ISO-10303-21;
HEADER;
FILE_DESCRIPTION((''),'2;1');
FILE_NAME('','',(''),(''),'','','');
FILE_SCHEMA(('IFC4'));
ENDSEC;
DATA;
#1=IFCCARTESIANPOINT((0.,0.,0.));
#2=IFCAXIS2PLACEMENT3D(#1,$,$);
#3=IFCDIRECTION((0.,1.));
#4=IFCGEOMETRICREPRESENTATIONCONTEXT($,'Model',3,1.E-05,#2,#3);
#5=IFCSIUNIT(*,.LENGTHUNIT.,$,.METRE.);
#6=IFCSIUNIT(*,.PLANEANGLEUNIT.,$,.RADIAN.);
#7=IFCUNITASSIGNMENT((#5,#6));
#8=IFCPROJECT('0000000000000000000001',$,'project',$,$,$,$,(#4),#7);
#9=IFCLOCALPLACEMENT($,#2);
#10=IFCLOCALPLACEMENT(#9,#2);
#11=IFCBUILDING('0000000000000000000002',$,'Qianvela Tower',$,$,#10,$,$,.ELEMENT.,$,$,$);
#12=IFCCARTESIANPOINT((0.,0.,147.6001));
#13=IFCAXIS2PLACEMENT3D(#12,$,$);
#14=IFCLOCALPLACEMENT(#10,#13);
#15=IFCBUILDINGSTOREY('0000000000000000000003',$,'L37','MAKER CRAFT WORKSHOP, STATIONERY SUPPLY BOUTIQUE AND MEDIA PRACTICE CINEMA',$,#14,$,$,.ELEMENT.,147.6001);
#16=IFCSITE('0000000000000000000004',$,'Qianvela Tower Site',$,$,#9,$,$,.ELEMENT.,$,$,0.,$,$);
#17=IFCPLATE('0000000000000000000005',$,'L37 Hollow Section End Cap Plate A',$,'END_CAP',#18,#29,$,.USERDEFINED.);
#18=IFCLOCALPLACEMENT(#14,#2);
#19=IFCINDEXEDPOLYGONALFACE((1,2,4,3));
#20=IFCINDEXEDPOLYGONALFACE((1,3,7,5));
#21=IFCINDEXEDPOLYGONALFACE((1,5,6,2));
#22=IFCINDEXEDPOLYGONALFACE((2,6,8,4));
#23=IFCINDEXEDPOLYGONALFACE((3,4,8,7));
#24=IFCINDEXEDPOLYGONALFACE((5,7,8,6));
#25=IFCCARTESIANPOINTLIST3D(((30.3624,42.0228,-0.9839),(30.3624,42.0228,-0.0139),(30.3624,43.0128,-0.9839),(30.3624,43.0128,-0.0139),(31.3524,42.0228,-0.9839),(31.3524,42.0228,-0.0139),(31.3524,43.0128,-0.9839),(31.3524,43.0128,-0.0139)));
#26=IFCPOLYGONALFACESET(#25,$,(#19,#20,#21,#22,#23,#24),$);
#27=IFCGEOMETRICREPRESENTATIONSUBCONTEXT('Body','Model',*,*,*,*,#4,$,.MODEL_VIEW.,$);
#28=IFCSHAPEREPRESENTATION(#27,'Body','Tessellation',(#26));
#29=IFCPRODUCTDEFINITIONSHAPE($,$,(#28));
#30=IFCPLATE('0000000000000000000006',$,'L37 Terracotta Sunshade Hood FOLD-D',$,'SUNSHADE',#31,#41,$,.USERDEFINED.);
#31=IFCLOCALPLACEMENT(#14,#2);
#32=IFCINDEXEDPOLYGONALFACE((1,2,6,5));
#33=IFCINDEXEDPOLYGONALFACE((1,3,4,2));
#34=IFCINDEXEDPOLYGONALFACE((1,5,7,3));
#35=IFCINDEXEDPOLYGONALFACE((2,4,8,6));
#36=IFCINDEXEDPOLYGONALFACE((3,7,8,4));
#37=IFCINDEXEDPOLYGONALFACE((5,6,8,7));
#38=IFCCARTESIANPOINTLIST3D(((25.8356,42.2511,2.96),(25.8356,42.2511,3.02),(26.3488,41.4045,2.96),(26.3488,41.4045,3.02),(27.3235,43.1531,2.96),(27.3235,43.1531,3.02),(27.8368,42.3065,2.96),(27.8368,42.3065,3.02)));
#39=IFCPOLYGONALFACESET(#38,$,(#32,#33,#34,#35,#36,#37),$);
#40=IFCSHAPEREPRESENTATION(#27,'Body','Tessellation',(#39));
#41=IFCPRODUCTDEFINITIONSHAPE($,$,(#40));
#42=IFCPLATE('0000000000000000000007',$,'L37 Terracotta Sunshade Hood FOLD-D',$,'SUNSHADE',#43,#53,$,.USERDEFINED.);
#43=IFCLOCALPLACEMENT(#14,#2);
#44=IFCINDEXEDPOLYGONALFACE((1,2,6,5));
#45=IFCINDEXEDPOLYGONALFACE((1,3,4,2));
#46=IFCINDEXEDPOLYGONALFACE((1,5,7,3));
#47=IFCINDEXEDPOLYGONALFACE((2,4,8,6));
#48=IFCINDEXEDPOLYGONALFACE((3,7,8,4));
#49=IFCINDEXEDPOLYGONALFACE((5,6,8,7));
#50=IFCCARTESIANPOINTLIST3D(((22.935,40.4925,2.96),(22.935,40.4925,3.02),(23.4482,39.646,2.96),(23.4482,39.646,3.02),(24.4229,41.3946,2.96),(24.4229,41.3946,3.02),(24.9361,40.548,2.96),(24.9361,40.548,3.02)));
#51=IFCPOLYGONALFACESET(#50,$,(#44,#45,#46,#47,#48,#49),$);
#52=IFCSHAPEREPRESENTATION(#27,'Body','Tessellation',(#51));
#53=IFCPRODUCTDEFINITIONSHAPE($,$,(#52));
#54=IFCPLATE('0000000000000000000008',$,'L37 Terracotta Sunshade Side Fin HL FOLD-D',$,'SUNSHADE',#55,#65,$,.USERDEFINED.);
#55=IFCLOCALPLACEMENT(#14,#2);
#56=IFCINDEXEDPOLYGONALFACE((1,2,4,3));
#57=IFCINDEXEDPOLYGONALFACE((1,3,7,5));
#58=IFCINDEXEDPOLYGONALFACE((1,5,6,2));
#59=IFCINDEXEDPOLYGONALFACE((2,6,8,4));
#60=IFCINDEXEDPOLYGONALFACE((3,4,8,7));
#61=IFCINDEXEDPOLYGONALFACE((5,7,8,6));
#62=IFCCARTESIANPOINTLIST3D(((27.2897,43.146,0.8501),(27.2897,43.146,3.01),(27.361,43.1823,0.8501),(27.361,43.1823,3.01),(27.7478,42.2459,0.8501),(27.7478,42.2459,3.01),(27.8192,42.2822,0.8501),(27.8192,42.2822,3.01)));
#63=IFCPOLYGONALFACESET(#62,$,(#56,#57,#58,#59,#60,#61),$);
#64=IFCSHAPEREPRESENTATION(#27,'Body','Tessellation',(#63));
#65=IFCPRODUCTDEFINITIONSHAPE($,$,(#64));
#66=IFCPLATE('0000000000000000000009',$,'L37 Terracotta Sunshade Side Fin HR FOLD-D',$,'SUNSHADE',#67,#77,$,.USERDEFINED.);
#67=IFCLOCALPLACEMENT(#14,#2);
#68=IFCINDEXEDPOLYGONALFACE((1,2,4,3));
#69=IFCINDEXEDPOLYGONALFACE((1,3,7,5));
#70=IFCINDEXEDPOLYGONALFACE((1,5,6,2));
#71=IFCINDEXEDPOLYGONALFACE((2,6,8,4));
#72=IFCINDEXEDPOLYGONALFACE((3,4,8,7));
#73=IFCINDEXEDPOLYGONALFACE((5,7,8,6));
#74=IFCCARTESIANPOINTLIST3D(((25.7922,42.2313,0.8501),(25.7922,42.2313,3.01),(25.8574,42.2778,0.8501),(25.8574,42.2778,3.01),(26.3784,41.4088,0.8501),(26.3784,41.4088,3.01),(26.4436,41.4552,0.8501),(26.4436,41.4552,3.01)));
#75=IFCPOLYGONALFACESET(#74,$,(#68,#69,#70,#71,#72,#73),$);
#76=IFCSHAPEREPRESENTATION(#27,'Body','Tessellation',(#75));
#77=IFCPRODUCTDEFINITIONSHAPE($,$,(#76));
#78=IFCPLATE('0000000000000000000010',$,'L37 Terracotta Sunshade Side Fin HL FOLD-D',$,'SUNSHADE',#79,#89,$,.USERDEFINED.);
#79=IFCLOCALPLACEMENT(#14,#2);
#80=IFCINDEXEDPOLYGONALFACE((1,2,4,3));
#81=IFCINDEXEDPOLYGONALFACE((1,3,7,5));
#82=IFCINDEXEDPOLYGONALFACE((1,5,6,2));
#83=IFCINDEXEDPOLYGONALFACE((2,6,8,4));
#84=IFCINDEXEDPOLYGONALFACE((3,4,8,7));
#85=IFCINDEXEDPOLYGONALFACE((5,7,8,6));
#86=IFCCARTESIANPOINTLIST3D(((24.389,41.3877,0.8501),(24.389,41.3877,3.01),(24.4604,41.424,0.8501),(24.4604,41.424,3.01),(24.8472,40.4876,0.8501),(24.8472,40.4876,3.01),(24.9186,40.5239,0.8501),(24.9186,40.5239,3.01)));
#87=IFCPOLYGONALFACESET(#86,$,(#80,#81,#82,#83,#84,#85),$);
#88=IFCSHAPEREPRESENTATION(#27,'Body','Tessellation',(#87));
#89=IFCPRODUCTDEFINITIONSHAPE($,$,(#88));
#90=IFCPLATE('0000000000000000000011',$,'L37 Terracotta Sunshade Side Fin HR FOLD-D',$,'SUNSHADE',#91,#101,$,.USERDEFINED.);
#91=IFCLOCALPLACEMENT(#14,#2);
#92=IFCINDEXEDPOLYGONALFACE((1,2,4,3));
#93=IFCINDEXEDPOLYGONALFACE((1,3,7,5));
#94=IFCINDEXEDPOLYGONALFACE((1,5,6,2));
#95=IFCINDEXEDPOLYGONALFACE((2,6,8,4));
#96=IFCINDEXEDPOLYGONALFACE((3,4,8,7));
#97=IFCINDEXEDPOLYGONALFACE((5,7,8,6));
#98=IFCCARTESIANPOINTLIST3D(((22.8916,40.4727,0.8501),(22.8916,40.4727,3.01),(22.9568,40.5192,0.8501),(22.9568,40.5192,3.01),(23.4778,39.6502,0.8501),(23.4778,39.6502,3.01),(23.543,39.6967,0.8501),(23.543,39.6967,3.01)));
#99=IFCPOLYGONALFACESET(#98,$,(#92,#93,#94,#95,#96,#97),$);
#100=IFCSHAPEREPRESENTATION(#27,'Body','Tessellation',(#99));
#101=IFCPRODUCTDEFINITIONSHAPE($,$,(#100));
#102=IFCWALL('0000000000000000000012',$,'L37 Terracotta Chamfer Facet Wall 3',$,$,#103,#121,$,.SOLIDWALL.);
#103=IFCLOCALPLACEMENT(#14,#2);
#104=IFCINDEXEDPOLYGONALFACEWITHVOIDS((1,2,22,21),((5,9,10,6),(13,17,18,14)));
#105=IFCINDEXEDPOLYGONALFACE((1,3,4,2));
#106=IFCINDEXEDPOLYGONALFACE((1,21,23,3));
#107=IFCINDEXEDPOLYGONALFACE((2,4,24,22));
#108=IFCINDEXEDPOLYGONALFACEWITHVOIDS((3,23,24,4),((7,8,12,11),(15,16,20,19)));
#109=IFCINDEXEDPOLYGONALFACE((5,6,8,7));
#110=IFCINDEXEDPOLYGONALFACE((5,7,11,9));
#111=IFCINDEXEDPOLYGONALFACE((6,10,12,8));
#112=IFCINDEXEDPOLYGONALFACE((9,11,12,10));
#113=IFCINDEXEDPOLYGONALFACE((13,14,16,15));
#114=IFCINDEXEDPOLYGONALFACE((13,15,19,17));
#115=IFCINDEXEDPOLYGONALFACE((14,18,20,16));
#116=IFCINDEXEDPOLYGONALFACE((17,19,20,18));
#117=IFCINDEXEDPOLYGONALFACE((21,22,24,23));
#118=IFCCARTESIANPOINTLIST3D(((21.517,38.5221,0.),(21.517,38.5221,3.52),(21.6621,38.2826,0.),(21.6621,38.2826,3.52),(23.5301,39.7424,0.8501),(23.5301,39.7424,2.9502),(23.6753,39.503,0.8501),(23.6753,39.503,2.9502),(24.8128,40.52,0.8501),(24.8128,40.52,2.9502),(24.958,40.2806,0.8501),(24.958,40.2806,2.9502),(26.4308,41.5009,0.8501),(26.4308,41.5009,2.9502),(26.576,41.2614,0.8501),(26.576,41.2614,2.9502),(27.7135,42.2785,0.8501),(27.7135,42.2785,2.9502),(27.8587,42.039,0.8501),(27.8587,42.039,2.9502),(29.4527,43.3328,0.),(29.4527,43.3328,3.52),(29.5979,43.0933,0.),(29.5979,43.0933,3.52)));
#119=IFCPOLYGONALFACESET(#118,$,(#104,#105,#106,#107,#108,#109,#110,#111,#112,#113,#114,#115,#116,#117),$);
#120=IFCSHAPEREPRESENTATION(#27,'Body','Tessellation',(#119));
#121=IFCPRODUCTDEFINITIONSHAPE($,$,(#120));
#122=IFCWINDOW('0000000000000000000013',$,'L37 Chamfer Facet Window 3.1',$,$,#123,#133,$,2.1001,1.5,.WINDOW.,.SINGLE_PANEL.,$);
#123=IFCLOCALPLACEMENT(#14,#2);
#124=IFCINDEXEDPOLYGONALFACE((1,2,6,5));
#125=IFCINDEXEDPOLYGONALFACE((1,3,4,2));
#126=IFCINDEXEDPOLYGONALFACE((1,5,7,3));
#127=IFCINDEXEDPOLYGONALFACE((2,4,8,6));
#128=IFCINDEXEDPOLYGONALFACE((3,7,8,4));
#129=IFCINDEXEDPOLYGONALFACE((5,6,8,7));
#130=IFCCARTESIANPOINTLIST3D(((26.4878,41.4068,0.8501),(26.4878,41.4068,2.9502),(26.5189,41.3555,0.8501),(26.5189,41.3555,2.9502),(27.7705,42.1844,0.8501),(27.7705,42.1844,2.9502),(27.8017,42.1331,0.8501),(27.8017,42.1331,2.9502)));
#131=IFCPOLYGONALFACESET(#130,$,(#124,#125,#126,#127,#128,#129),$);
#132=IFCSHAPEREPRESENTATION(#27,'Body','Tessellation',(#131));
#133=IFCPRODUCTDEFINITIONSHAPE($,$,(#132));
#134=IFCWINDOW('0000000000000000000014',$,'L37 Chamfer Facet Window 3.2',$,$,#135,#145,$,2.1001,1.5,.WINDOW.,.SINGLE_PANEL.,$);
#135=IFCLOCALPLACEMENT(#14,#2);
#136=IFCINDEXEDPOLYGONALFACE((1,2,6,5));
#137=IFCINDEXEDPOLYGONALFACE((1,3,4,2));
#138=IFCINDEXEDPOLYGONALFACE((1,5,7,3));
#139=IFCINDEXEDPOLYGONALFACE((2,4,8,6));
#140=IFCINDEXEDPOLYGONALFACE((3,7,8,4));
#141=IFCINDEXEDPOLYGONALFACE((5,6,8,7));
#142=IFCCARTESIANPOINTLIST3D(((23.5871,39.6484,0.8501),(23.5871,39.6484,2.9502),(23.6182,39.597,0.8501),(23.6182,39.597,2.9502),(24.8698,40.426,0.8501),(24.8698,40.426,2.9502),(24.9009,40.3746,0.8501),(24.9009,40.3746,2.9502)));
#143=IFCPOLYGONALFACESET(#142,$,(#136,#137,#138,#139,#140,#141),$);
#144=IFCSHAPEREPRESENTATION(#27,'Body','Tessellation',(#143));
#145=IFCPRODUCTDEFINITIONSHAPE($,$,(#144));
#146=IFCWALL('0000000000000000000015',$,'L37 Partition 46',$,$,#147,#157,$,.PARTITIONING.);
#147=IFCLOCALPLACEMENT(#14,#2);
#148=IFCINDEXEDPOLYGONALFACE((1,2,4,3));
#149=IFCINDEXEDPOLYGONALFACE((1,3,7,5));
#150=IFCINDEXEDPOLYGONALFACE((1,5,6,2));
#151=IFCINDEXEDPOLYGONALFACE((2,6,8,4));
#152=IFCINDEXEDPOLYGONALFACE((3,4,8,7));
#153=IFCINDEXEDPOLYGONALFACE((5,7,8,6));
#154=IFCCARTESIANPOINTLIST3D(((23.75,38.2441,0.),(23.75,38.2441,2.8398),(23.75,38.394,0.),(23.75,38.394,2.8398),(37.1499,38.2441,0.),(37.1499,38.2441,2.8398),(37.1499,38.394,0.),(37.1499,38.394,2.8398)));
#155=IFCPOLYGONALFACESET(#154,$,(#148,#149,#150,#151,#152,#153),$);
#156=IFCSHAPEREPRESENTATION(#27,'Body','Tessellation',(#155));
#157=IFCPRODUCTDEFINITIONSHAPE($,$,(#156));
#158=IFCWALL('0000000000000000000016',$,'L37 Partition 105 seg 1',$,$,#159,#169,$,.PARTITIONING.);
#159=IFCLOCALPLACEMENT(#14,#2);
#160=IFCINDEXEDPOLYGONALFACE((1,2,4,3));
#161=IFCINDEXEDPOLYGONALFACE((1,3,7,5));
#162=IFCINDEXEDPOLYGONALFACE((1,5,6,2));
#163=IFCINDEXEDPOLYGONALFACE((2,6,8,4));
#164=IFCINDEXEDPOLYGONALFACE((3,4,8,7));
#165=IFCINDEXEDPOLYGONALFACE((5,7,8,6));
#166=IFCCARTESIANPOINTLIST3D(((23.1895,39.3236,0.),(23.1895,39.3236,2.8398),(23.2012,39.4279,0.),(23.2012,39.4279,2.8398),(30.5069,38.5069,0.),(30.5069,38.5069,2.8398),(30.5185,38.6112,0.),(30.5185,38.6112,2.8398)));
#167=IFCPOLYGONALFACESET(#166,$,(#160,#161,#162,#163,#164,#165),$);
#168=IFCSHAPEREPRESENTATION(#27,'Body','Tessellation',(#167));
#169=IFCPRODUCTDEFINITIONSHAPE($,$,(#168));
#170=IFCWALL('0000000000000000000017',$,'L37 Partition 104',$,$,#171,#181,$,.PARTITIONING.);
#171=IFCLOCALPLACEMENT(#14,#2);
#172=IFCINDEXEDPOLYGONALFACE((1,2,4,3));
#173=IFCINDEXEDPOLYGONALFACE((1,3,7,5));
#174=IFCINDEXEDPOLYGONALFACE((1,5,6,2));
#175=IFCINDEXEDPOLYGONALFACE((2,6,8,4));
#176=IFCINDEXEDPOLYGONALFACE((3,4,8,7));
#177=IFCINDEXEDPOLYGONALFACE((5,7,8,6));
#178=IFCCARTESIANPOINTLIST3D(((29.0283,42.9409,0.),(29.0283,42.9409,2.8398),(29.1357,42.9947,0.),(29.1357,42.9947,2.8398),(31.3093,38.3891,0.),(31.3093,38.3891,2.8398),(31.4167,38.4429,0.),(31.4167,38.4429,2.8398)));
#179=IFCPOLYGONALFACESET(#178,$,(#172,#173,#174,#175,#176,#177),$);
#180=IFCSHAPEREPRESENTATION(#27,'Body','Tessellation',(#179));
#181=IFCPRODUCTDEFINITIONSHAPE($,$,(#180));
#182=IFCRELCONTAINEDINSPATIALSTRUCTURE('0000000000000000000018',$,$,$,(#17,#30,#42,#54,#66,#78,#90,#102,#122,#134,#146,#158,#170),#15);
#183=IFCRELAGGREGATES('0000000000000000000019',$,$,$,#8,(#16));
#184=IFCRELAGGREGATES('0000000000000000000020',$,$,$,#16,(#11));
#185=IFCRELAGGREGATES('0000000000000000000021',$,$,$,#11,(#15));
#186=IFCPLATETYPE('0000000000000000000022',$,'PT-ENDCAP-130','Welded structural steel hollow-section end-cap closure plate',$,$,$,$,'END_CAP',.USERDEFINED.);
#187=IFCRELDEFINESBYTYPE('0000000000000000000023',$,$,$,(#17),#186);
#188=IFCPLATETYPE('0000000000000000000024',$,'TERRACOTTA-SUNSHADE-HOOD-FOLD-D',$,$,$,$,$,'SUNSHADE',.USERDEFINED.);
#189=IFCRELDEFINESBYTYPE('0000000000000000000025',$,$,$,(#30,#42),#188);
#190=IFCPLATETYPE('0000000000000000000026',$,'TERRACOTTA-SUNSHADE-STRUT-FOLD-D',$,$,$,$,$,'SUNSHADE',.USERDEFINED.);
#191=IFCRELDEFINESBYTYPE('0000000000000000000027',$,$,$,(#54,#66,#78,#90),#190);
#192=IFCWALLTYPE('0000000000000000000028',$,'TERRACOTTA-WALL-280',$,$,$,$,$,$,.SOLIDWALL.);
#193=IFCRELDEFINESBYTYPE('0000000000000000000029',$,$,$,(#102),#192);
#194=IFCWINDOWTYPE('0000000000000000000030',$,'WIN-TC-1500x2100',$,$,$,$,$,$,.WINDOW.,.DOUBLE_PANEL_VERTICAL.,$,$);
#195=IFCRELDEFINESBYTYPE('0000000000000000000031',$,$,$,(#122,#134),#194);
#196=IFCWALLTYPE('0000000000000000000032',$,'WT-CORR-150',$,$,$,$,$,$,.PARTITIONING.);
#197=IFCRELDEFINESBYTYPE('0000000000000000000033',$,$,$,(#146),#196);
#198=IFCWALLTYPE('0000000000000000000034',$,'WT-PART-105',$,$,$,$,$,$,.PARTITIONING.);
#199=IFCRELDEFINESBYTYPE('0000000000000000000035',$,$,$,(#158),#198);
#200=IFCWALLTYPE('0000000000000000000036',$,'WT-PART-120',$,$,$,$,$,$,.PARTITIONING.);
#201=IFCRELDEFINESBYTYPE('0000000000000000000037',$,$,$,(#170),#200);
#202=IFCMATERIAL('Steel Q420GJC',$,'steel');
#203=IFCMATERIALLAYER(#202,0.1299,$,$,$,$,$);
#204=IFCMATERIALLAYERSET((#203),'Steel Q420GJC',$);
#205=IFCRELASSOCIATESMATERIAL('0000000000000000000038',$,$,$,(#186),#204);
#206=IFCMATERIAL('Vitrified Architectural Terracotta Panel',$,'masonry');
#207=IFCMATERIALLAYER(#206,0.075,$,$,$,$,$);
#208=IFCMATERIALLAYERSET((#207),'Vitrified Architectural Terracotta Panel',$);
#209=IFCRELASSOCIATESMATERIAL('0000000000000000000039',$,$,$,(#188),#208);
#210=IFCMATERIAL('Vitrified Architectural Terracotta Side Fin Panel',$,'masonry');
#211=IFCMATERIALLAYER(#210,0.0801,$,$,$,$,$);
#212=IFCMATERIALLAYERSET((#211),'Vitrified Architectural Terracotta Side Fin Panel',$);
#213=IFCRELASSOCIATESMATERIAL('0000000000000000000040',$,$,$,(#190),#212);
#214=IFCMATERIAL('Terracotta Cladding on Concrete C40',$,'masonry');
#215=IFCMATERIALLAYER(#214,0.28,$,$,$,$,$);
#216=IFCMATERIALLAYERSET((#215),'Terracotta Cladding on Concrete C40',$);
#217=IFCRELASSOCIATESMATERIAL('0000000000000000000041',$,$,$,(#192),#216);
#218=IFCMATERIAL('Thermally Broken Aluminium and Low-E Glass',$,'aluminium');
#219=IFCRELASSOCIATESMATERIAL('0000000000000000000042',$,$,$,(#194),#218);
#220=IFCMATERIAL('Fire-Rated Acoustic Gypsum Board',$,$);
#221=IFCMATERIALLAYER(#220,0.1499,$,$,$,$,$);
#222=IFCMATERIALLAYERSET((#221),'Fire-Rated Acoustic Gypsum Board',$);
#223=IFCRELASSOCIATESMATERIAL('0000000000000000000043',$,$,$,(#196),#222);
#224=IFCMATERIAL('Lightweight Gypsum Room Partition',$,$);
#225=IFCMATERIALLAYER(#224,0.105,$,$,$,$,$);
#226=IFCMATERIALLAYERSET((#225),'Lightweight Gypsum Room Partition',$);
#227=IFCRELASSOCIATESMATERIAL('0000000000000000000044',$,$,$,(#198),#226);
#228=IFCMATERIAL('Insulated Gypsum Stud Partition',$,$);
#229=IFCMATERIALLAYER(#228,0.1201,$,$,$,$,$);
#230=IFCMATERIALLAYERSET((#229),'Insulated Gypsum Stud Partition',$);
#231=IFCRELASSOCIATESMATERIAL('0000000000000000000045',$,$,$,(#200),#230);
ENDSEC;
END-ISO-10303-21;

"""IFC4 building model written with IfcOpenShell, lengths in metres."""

from ifc_helpers import new_model, si_unit, direction, frame, frame_2d, origin, origin_2d, place, context, subcontext, project, spatial, rectangle, extrude, material, layer, layer_set, type_object, element, fill, save


model = new_model("IFC4")

# Units and contexts
model_context = context("Model", 3, precision=1e-05, world=origin(), true_north=direction((0.0, 1.0)))
body_context = subcontext(model_context, "Body", "Model", "MODEL_VIEW")
ifc_project = project(units=[si_unit("LENGTHUNIT", "METRE"), si_unit("PLANEANGLEUNIT", "RADIAN")], contexts=[model_context])

# Site, building, storey
site_placement = place(None, origin())
site = spatial("IfcSite", under=ifc_project, at=site_placement, Name="Qianvela Tower Site", CompositionType="ELEMENT", RefElevation=0.0)
building_placement = place(site_placement, origin())
building = spatial("IfcBuilding", under=site, at=building_placement, Name="Qianvela Tower", CompositionType="ELEMENT")
storey_placement = place(building_placement, frame((0.0, 0.0, 147.6001)))
storey = spatial("IfcBuildingStorey", under=building, at=storey_placement, Name="L37", Description="MAKER CRAFT WORKSHOP, STATIONERY SUPPLY BOUTIQUE AND MEDIA PRACTICE CINEMA", CompositionType="ELEMENT", Elevation=147.6001)

# Plates
ifc_material_1 = material(Name="Steel Q420GJC", Category="steel")
ifc_layer_1 = layer(ifc_material_1, 0.1299)
ifc_layer_set_1 = layer_set([ifc_layer_1], Name="Steel Q420GJC")
plate_type_1 = type_object("IfcPlateType", Name="PT-ENDCAP-130", Description="Welded structural steel hollow-section end-cap closure plate", ElementType="END_CAP", PredefinedType="USERDEFINED", material=ifc_layer_set_1)
plate_placement = place(storey_placement, frame((30.8574, 42.5178, -0.9839), z_axis=(0.0, 0.0, 1.0), x_axis=(1.0, 0.0, 0.0)))
element("IfcPlate", 1, at=plate_placement, inside=storey, type_object=plate_type_1, Name="L37 Hollow Section End Cap Plate A", ObjectType="END_CAP", PredefinedType="USERDEFINED", context=body_context, shape_type="SweptSolid", body=[
    extrude(rectangle(XDim=0.99, YDim=0.99, at=origin_2d()), origin(), (0.0, 0.0, 1.0), 0.97),
])
ifc_material_2 = material(Name="Vitrified Architectural Terracotta Panel", Category="masonry")
ifc_layer_2 = layer(ifc_material_2, 0.075)
ifc_layer_set_2 = layer_set([ifc_layer_2], Name="Vitrified Architectural Terracotta Panel")
plate_type_2 = type_object("IfcPlateType", Name="TERRACOTTA-SUNSHADE-HOOD-FOLD-D", ElementType="SUNSHADE", PredefinedType="USERDEFINED", material=ifc_layer_set_2)
for number, where, z_axis, x_axis, name in (
    (2, (26.8362, 42.2788, 2.96), (0.0, 0.0, 1.0), (-0.855129, -0.518415, 0.0), "L37 Terracotta Sunshade Hood FOLD-D"),
    (3, (23.9355, 40.5203, 2.96), (0.0, 0.0, 1.0), (-0.855129, -0.518415, 0.0), "L37 Terracotta Sunshade Hood FOLD-D"),
):
    element("IfcPlate", number, at=place(storey_placement, frame(where, z_axis=z_axis, x_axis=x_axis)), inside=storey, type_object=plate_type_2, Name=name, ObjectType="SUNSHADE", PredefinedType="USERDEFINED", context=body_context, shape_type="SweptSolid", body=[
        extrude(rectangle(XDim=1.74, YDim=0.99, at=origin_2d()), origin(), (0.0, 0.0, 1.0), 0.0601),
    ])
ifc_material_3 = material(Name="Vitrified Architectural Terracotta Side Fin Panel", Category="masonry")
ifc_layer_3 = layer(ifc_material_3, 0.0801)
ifc_layer_set_3 = layer_set([ifc_layer_3], Name="Vitrified Architectural Terracotta Side Fin Panel")
plate_type_3 = type_object("IfcPlateType", Name="TERRACOTTA-SUNSHADE-STRUT-FOLD-D", ElementType="SUNSHADE", PredefinedType="USERDEFINED", material=ifc_layer_set_3)
for number, where, z_axis, x_axis, name in (
    (4, (27.5544, 42.7141, 0.8501), (0.0, 0.0, 1.0), (-0.891197, -0.453617, 0.0), "L37 Terracotta Sunshade Side Fin HL FOLD-D"),
    (5, (26.1179, 41.8433, 0.8501), (0.0, 0.0, 1.0), (-0.814359, -0.580362, 0.0), "L37 Terracotta Sunshade Side Fin HR FOLD-D"),
    (6, (24.6538, 40.9558, 0.8501), (0.0, 0.0, 1.0), (-0.891197, -0.453617, 0.0), "L37 Terracotta Sunshade Side Fin HL FOLD-D"),
    (7, (23.2173, 40.0847, 0.8501), (0.0, 0.0, 1.0), (-0.814359, -0.580362, 0.0), "L37 Terracotta Sunshade Side Fin HR FOLD-D"),
):
    element("IfcPlate", number, at=place(storey_placement, frame(where, z_axis=z_axis, x_axis=x_axis)), inside=storey, type_object=plate_type_3, Name=name, ObjectType="SUNSHADE", PredefinedType="USERDEFINED", context=body_context, shape_type="SweptSolid", body=[
        extrude(rectangle(XDim=0.0801, YDim=1.01, at=origin_2d()), origin(), (0.0, 0.0, 1.0), 2.1599),
    ])

# Wall, openings, windows
ifc_material_4 = material(Name="Terracotta Cladding on Concrete C40", Category="masonry")
ifc_layer_4 = layer(ifc_material_4, 0.28)
ifc_layer_set_4 = layer_set([ifc_layer_4], Name="Terracotta Cladding on Concrete C40")
wall_type_1 = type_object("IfcWallType", Name="TERRACOTTA-WALL-280", PredefinedType="SOLIDWALL", material=ifc_layer_set_4)
wall_1_placement = place(storey_placement, frame((29.5254, 43.2131, 0.0), z_axis=(0.0, 0.0, 1.0), x_axis=(-0.85514, -0.518398, 0.0)))
wall_1 = element("IfcWall", 8, at=wall_1_placement, inside=storey, type_object=wall_type_1, Name="L37 Terracotta Chamfer Facet Wall 3", PredefinedType="SOLIDWALL", context=body_context, shape_type="SweptSolid", body=[
    extrude(rectangle(XDim=9.28, YDim=0.28, at=frame_2d((4.6401, 0.0))), origin(), (0.0, 0.0, 1.0), 3.52),
])
opening_1_placement = place(wall_1_placement, frame((2.0339, 0.0, 0.8501)))
opening_1 = element("IfcOpeningElement", 9, at=opening_1_placement, cuts=wall_1, PredefinedType="OPENING", context=body_context, shape_type="SweptSolid", body=[
    extrude(rectangle(XDim=1.5, YDim=2.1001, at=frame_2d((0.75, 1.05))), frame((0.0, 0.1499, 0.0), z_axis=(0.0, -1.0, 0.0), x_axis=(1.0, 0.0, 0.0)), (0.0, 0.0, 1.0), 0.3),
])
opening_2_placement = place(wall_1_placement, frame((5.426, 0.0, 0.8501)))
opening_2 = element("IfcOpeningElement", 10, at=opening_2_placement, cuts=wall_1, PredefinedType="OPENING", context=body_context, shape_type="SweptSolid", body=[
    extrude(rectangle(XDim=1.5, YDim=2.1001, at=frame_2d((0.75, 1.05))), frame((0.0, 0.1499, 0.0), z_axis=(0.0, -1.0, 0.0), x_axis=(1.0, 0.0, 0.0)), (0.0, 0.0, 1.0), 0.3),
])
ifc_material_5 = material(Name="Thermally Broken Aluminium and Low-E Glass", Category="aluminium")
window_type = type_object("IfcWindowType", Name="WIN-TC-1500x2100", PartitioningType="DOUBLE_PANEL_VERTICAL", PredefinedType="WINDOW", material=ifc_material_5)
window_1_placement = place(opening_1_placement, origin())
window_1 = element("IfcWindow", 11, at=window_1_placement, inside=storey, type_object=window_type, Name="L37 Chamfer Facet Window 3.1", OverallHeight=2.1001, OverallWidth=1.5, PartitioningType="SINGLE_PANEL", PredefinedType="WINDOW", context=body_context, shape_type="SweptSolid", body=[
    extrude(rectangle(XDim=1.5, YDim=2.1001, at=frame_2d((0.75, 1.05))), frame((0.0, 0.03, 0.0), z_axis=(0.0, -1.0, 0.0), x_axis=(1.0, 0.0, 0.0)), (0.0, 0.0, 1.0), 0.0601),
])
fill(opening_1, window_1)
window_2_placement = place(opening_2_placement, origin())
window_2 = element("IfcWindow", 12, at=window_2_placement, inside=storey, type_object=window_type, Name="L37 Chamfer Facet Window 3.2", OverallHeight=2.1001, OverallWidth=1.5, PartitioningType="SINGLE_PANEL", PredefinedType="WINDOW", context=body_context, shape_type="SweptSolid", body=[
    extrude(rectangle(XDim=1.5, YDim=2.1001, at=frame_2d((0.75, 1.05))), frame((0.0, 0.03, 0.0), z_axis=(0.0, -1.0, 0.0), x_axis=(1.0, 0.0, 0.0)), (0.0, 0.0, 1.0), 0.0601),
])
fill(opening_2, window_2)

# Walls
ifc_material_6 = material(Name="Fire-Rated Acoustic Gypsum Board")
ifc_layer_5 = layer(ifc_material_6, 0.1499)
ifc_layer_set_5 = layer_set([ifc_layer_5], Name="Fire-Rated Acoustic Gypsum Board")
wall_type_2 = type_object("IfcWallType", Name="WT-CORR-150", PredefinedType="PARTITIONING", material=ifc_layer_set_5)
wall_2_placement = place(storey_placement, frame((23.75, 38.3191, 0.0), z_axis=(0.0, 0.0, 1.0), x_axis=(1.0, 0.0, 0.0)))
element("IfcWall", 13, at=wall_2_placement, inside=storey, type_object=wall_type_2, Name="L37 Partition 46", PredefinedType="PARTITIONING", context=body_context, shape_type="SweptSolid", body=[
    extrude(rectangle(XDim=13.3999, YDim=0.1499, at=frame_2d((6.7, 0.0))), origin(), (0.0, 0.0, 1.0), 2.8398),
])
ifc_material_7 = material(Name="Lightweight Gypsum Room Partition")
ifc_layer_6 = layer(ifc_material_7, 0.105)
ifc_layer_set_6 = layer_set([ifc_layer_6], Name="Lightweight Gypsum Room Partition")
wall_type_3 = type_object("IfcWallType", Name="WT-PART-105", PredefinedType="PARTITIONING", material=ifc_layer_set_6)
wall_3_placement = place(storey_placement, frame((30.5127, 38.5591, 0.0), z_axis=(0.0, 0.0, 1.0), x_axis=(-0.99383, 0.110916, 0.0)))
element("IfcWall", 14, at=wall_3_placement, inside=storey, type_object=wall_type_3, Name="L37 Partition 105 seg 1", PredefinedType="PARTITIONING", context=body_context, shape_type="SweptSolid", body=[
    extrude(rectangle(XDim=7.3628, YDim=0.105, at=frame_2d((3.6814, 0.0))), origin(), (0.0, 0.0, 1.0), 2.8398),
])
ifc_material_8 = material(Name="Insulated Gypsum Stud Partition")
ifc_layer_7 = layer(ifc_material_8, 0.1201)
ifc_layer_set_7 = layer_set([ifc_layer_7], Name="Insulated Gypsum Stud Partition")
wall_type_4 = type_object("IfcWallType", Name="WT-PART-120", PredefinedType="PARTITIONING", material=ifc_layer_set_7)
wall_4_placement = place(storey_placement, frame((29.082, 42.9678, 0.0), z_axis=(0.0, 0.0, 1.0), x_axis=(0.448019, -0.894024, 0.0)))
element("IfcWall", 15, at=wall_4_placement, inside=storey, type_object=wall_type_4, Name="L37 Partition 104", PredefinedType="PARTITIONING", context=body_context, shape_type="SweptSolid", body=[
    extrude(rectangle(XDim=5.0913, YDim=0.1201, at=frame_2d((2.5457, 0.0))), origin(), (0.0, 0.0, 1.0), 2.8398),
])

save(model, "model.ifc")
